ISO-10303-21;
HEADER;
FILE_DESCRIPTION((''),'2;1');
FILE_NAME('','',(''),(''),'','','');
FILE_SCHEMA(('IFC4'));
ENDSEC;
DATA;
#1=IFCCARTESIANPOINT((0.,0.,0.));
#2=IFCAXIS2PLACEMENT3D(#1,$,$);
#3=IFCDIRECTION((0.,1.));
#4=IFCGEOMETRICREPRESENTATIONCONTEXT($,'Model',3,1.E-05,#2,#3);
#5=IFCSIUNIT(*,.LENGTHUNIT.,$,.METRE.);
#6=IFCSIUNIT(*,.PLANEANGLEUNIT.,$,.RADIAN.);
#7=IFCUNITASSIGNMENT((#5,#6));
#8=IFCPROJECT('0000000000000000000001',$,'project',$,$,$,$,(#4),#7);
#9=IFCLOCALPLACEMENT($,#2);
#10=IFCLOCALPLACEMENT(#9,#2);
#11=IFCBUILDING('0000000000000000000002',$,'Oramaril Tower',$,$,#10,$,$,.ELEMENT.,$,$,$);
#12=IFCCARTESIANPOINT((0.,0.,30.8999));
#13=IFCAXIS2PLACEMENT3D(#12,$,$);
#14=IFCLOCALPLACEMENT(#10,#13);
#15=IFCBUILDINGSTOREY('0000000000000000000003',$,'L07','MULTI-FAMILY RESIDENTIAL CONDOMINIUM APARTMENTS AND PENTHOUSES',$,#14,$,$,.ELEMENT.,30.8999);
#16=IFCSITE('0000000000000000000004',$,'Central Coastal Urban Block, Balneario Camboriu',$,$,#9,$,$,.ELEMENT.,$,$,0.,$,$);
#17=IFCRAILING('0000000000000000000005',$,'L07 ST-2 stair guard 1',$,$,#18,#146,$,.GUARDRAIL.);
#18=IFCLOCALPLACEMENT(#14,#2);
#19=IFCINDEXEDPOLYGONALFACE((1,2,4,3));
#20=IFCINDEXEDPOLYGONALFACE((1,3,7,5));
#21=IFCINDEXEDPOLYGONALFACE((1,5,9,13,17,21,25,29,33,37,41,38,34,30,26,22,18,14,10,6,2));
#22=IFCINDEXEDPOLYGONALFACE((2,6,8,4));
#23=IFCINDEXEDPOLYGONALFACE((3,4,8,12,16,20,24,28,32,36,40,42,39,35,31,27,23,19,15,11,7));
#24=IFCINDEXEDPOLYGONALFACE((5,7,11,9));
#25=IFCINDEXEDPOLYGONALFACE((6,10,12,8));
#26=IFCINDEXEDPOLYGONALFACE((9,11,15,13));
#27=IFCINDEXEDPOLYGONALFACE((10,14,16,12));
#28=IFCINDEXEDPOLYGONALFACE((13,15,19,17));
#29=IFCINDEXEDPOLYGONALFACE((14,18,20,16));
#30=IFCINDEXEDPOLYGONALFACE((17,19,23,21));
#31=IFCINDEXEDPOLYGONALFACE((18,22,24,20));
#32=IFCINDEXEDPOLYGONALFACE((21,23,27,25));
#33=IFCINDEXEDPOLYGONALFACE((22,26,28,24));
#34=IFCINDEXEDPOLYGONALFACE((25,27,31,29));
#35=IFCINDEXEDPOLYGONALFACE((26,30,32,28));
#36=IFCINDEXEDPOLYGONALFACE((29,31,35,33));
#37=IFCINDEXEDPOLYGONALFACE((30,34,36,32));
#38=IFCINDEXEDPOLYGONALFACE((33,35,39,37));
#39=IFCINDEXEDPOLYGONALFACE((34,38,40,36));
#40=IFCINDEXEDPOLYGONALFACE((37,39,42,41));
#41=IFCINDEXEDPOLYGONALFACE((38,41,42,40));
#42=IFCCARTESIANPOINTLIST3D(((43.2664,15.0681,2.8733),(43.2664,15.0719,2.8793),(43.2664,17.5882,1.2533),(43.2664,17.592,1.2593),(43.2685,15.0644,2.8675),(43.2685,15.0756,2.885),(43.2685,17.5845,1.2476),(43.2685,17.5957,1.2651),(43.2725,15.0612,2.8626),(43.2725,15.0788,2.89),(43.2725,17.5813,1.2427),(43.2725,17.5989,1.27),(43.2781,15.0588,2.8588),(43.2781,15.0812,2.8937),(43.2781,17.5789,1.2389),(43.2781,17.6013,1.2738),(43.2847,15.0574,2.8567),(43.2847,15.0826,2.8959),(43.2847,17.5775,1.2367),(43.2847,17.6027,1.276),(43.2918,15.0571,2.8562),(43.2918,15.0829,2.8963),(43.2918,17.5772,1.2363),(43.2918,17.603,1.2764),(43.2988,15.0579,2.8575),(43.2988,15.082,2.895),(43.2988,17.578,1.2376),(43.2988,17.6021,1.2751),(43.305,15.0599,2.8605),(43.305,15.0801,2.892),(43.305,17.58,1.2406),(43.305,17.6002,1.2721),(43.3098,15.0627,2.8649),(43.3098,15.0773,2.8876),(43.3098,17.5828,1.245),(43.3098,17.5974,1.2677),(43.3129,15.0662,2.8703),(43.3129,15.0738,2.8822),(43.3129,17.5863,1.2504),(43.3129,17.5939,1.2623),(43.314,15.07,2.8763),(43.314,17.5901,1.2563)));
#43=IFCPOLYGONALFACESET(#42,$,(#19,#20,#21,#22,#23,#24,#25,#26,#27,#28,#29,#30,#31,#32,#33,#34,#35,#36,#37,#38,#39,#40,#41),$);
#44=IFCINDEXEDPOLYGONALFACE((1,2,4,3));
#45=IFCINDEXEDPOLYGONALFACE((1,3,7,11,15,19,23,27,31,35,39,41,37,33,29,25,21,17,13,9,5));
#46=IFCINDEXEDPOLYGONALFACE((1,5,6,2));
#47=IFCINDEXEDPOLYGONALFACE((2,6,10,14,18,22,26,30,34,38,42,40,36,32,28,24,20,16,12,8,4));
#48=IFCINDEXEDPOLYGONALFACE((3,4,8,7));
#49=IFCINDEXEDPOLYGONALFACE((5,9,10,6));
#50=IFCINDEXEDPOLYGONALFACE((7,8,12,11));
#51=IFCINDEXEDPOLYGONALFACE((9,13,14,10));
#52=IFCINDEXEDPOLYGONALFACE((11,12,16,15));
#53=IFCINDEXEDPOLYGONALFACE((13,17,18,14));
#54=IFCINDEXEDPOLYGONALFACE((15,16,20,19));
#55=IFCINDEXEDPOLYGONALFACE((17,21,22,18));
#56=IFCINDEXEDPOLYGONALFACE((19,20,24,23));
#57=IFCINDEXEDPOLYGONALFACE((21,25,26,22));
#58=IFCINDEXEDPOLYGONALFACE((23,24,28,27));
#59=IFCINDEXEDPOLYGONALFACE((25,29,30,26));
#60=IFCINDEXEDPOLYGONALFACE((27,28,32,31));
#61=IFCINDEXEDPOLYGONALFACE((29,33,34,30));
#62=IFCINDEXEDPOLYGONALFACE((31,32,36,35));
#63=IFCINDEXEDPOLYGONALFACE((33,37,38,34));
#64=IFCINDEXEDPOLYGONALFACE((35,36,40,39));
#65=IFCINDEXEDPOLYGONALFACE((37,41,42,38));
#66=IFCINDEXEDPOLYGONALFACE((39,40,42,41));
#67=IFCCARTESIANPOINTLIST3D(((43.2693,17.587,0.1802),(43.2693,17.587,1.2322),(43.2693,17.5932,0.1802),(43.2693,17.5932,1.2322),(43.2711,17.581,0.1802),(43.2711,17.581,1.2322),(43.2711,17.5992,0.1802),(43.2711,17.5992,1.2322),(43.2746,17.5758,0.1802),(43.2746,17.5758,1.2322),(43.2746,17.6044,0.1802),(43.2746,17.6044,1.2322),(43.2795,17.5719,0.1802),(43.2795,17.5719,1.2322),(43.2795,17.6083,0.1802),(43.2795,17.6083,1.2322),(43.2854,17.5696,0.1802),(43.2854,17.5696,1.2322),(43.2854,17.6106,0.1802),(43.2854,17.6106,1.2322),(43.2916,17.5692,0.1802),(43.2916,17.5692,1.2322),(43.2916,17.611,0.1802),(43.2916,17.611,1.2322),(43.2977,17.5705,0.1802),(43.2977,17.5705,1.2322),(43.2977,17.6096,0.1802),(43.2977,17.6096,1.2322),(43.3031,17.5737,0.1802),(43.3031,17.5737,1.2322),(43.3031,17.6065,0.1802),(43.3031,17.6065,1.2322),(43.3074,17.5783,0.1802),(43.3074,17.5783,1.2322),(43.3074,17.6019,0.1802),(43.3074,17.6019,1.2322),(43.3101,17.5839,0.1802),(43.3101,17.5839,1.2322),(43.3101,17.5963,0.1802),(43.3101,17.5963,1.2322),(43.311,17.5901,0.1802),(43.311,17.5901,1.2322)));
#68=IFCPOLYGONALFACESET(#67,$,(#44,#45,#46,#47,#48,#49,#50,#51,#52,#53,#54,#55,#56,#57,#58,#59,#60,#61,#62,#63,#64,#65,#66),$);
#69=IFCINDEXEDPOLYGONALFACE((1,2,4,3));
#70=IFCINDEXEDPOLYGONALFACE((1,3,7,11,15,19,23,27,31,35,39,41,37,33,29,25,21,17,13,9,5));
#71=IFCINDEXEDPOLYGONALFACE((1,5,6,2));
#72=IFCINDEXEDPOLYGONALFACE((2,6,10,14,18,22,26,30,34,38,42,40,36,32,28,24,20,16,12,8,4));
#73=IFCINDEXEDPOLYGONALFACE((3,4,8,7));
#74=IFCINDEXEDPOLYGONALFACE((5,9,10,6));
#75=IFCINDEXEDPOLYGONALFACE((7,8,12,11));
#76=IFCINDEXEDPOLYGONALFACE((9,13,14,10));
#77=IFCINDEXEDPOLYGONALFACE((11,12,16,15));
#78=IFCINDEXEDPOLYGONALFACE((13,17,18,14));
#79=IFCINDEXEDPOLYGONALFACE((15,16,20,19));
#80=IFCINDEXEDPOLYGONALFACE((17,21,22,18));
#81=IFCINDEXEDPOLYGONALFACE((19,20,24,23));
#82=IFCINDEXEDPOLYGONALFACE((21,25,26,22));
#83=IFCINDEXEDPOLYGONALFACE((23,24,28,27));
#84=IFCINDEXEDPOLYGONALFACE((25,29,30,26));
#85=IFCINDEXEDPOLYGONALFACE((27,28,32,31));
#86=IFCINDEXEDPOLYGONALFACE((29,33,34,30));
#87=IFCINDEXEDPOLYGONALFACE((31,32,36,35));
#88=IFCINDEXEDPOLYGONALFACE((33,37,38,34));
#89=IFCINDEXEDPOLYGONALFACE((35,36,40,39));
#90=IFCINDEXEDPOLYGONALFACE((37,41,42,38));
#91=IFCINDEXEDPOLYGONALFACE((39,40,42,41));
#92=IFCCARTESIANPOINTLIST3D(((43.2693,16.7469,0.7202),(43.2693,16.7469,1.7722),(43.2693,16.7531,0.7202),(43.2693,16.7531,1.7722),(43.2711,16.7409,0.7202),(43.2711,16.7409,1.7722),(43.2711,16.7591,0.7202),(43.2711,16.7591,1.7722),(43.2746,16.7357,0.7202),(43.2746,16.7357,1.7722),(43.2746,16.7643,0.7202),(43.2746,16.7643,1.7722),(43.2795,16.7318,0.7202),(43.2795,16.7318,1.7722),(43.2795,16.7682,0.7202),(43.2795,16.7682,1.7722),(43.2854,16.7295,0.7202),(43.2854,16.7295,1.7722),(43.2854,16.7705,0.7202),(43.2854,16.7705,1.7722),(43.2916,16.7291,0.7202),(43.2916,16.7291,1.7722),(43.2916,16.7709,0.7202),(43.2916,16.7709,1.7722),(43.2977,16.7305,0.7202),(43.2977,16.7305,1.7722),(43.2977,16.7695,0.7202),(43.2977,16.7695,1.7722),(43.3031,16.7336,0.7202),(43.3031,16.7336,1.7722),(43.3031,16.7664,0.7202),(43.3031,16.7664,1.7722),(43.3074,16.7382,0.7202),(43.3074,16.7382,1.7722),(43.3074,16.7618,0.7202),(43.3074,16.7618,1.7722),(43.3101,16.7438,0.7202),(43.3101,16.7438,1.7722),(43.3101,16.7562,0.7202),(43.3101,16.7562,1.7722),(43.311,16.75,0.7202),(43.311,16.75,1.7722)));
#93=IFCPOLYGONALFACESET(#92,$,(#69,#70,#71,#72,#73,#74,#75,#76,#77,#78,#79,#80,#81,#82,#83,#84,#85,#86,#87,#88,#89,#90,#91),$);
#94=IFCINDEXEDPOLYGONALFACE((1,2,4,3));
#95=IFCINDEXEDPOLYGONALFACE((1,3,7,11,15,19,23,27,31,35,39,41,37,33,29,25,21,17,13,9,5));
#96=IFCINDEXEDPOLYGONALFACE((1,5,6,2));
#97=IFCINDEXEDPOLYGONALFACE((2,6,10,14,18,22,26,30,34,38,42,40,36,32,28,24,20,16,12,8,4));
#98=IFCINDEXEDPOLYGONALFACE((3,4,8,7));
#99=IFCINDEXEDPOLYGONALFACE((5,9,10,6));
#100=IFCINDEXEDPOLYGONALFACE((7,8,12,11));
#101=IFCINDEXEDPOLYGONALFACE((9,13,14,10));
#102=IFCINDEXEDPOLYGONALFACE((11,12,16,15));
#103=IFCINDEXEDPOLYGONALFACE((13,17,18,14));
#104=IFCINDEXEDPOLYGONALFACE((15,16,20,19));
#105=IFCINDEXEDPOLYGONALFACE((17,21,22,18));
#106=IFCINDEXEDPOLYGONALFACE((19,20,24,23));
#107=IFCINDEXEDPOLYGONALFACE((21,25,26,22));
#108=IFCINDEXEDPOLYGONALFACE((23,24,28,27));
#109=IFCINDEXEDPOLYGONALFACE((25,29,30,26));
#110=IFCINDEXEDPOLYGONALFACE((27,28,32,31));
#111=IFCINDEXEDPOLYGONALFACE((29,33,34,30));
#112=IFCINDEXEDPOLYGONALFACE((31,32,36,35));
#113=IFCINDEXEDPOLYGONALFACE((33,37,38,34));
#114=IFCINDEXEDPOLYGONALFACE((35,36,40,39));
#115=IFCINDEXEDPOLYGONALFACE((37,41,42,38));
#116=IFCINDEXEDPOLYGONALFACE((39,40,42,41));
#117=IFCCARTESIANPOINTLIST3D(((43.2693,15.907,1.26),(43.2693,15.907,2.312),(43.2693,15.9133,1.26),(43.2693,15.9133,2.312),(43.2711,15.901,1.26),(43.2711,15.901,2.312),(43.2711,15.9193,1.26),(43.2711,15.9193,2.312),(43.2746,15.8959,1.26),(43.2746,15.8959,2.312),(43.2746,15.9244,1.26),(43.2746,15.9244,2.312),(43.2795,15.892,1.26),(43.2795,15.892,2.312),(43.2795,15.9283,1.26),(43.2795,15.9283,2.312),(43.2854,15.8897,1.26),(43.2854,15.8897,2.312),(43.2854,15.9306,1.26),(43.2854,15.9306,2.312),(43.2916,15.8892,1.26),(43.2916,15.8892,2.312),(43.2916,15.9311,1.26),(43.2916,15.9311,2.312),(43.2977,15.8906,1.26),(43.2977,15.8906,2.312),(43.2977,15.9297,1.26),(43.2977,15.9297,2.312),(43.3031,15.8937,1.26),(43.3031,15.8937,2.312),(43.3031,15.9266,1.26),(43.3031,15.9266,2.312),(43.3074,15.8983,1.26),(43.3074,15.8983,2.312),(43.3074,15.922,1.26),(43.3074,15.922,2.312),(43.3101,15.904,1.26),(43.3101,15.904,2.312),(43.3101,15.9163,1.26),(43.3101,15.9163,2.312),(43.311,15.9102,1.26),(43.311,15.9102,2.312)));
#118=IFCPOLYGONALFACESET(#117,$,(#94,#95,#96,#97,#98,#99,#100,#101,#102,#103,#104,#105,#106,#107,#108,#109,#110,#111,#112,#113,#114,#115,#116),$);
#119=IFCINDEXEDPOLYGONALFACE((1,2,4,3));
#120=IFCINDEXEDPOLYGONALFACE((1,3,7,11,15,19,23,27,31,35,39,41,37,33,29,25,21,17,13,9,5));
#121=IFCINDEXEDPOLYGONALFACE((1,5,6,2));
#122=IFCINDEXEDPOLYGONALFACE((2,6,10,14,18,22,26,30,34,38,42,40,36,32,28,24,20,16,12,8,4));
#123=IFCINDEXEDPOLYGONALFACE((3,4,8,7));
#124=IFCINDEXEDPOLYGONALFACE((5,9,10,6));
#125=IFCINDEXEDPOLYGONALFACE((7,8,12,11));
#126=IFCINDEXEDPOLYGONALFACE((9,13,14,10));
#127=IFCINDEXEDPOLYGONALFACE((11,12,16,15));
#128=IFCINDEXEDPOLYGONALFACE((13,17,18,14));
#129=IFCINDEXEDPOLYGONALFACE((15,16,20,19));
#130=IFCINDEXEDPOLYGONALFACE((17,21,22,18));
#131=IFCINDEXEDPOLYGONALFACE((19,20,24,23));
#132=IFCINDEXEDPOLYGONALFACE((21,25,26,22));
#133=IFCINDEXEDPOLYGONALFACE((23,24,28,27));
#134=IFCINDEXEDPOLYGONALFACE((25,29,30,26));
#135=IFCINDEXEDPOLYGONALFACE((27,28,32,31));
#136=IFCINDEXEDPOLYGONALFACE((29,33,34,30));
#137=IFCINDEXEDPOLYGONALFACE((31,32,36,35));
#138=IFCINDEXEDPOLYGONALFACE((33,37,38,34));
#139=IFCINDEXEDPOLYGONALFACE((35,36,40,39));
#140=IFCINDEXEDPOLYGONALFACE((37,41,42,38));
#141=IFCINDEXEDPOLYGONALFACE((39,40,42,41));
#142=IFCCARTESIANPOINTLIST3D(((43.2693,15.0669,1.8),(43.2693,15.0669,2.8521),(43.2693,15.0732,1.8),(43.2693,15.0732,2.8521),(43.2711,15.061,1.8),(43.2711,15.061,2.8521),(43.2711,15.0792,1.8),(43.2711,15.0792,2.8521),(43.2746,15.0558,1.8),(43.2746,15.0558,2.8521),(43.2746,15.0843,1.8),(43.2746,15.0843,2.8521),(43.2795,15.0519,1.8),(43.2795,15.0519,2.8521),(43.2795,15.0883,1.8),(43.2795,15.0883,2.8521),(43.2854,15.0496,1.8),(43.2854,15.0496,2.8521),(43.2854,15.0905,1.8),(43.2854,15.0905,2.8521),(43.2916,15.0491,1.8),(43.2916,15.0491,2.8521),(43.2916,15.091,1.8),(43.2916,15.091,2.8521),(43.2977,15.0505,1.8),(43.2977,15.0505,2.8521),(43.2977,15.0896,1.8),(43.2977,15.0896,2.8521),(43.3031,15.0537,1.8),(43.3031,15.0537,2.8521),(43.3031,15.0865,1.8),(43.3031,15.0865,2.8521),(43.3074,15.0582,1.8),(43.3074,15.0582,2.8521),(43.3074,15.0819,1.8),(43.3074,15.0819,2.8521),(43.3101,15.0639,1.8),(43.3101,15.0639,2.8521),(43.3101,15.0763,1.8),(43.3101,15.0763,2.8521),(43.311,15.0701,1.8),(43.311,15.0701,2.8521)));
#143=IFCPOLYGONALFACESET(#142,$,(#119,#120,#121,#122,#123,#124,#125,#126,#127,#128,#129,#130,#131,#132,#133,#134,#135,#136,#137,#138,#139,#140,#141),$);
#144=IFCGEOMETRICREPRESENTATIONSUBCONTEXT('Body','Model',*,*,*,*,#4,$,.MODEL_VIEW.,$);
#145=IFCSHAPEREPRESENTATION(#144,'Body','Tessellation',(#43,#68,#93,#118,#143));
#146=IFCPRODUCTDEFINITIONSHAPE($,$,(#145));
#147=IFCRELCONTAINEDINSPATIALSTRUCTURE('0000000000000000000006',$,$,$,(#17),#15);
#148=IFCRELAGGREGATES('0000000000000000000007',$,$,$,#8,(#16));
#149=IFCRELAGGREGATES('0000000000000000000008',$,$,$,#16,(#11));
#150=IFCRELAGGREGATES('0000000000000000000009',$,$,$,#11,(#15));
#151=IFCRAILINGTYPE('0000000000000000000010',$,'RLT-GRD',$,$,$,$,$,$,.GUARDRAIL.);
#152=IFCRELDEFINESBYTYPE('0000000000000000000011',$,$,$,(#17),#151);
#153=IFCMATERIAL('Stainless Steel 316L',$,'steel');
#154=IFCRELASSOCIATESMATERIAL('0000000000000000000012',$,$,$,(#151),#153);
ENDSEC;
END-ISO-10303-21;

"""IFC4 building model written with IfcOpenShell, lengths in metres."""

from ifc_helpers import new_model, si_unit, direction, frame, origin, origin_2d, place, context, subcontext, project, spatial, circle, extrude, material, type_object, element, save


model = new_model("IFC4")

# Units and contexts
model_context = context("Model", 3, precision=1e-05, world=origin(), true_north=direction((0.0, 1.0)))
body_context = subcontext(model_context, "Body", "Model", "MODEL_VIEW")
ifc_project = project(units=[si_unit("LENGTHUNIT", "METRE"), si_unit("PLANEANGLEUNIT", "RADIAN")], contexts=[model_context])

# Site, building, storey
site_placement = place(None, origin())
site = spatial("IfcSite", under=ifc_project, at=site_placement, Name="Central Coastal Urban Block, Balneario Camboriu", CompositionType="ELEMENT", RefElevation=0.0)
building_placement = place(site_placement, origin())
building = spatial("IfcBuilding", under=site, at=building_placement, Name="Oramaril Tower", CompositionType="ELEMENT")
storey_placement = place(building_placement, frame((0.0, 0.0, 30.8999)))
storey = spatial("IfcBuildingStorey", under=building, at=storey_placement, Name="L07", Description="MULTI-FAMILY RESIDENTIAL CONDOMINIUM APARTMENTS AND PENTHOUSES", CompositionType="ELEMENT", Elevation=30.8999)

# Railing
ifc_material_1 = material(Name="Stainless Steel 316L", Category="steel")
railing_type_1 = type_object("IfcRailingType", Name="RLT-GRD", PredefinedType="GUARDRAIL", material=ifc_material_1)
railing_1_placement = place(storey_placement, frame((43.29, 17.5901, 0.1802)))
element("IfcRailing", 1, at=railing_1_placement, inside=storey, type_object=railing_type_1, Name="L07 ST-2 stair guard 1", PredefinedType="GUARDRAIL", context=body_context, shape_type="SweptSolid", body=[
    extrude(circle(Radius=0.0239, at=origin_2d()), frame((0.0, 0.0, 1.0762), z_axis=(0.0, -0.8412, 0.540725), x_axis=(1.0, 0.0, 0.0)), (0.0, 0.0, 1.0), 2.9958),
    extrude(circle(Radius=0.021, at=origin_2d()), origin(), (0.0, 0.0, 1.0), 1.052),
    extrude(circle(Radius=0.021, at=origin_2d()), frame((0.0, -0.8401, 0.54)), (0.0, 0.0, 1.0), 1.052),
    extrude(circle(Radius=0.021, at=origin_2d()), frame((0.0, -1.6799, 1.0798)), (0.0, 0.0, 1.0), 1.052),
    extrude(circle(Radius=0.021, at=origin_2d()), frame((0.0, -2.52, 1.6199)), (0.0, 0.0, 1.0), 1.052),
])

save(model, "model.ifc")
